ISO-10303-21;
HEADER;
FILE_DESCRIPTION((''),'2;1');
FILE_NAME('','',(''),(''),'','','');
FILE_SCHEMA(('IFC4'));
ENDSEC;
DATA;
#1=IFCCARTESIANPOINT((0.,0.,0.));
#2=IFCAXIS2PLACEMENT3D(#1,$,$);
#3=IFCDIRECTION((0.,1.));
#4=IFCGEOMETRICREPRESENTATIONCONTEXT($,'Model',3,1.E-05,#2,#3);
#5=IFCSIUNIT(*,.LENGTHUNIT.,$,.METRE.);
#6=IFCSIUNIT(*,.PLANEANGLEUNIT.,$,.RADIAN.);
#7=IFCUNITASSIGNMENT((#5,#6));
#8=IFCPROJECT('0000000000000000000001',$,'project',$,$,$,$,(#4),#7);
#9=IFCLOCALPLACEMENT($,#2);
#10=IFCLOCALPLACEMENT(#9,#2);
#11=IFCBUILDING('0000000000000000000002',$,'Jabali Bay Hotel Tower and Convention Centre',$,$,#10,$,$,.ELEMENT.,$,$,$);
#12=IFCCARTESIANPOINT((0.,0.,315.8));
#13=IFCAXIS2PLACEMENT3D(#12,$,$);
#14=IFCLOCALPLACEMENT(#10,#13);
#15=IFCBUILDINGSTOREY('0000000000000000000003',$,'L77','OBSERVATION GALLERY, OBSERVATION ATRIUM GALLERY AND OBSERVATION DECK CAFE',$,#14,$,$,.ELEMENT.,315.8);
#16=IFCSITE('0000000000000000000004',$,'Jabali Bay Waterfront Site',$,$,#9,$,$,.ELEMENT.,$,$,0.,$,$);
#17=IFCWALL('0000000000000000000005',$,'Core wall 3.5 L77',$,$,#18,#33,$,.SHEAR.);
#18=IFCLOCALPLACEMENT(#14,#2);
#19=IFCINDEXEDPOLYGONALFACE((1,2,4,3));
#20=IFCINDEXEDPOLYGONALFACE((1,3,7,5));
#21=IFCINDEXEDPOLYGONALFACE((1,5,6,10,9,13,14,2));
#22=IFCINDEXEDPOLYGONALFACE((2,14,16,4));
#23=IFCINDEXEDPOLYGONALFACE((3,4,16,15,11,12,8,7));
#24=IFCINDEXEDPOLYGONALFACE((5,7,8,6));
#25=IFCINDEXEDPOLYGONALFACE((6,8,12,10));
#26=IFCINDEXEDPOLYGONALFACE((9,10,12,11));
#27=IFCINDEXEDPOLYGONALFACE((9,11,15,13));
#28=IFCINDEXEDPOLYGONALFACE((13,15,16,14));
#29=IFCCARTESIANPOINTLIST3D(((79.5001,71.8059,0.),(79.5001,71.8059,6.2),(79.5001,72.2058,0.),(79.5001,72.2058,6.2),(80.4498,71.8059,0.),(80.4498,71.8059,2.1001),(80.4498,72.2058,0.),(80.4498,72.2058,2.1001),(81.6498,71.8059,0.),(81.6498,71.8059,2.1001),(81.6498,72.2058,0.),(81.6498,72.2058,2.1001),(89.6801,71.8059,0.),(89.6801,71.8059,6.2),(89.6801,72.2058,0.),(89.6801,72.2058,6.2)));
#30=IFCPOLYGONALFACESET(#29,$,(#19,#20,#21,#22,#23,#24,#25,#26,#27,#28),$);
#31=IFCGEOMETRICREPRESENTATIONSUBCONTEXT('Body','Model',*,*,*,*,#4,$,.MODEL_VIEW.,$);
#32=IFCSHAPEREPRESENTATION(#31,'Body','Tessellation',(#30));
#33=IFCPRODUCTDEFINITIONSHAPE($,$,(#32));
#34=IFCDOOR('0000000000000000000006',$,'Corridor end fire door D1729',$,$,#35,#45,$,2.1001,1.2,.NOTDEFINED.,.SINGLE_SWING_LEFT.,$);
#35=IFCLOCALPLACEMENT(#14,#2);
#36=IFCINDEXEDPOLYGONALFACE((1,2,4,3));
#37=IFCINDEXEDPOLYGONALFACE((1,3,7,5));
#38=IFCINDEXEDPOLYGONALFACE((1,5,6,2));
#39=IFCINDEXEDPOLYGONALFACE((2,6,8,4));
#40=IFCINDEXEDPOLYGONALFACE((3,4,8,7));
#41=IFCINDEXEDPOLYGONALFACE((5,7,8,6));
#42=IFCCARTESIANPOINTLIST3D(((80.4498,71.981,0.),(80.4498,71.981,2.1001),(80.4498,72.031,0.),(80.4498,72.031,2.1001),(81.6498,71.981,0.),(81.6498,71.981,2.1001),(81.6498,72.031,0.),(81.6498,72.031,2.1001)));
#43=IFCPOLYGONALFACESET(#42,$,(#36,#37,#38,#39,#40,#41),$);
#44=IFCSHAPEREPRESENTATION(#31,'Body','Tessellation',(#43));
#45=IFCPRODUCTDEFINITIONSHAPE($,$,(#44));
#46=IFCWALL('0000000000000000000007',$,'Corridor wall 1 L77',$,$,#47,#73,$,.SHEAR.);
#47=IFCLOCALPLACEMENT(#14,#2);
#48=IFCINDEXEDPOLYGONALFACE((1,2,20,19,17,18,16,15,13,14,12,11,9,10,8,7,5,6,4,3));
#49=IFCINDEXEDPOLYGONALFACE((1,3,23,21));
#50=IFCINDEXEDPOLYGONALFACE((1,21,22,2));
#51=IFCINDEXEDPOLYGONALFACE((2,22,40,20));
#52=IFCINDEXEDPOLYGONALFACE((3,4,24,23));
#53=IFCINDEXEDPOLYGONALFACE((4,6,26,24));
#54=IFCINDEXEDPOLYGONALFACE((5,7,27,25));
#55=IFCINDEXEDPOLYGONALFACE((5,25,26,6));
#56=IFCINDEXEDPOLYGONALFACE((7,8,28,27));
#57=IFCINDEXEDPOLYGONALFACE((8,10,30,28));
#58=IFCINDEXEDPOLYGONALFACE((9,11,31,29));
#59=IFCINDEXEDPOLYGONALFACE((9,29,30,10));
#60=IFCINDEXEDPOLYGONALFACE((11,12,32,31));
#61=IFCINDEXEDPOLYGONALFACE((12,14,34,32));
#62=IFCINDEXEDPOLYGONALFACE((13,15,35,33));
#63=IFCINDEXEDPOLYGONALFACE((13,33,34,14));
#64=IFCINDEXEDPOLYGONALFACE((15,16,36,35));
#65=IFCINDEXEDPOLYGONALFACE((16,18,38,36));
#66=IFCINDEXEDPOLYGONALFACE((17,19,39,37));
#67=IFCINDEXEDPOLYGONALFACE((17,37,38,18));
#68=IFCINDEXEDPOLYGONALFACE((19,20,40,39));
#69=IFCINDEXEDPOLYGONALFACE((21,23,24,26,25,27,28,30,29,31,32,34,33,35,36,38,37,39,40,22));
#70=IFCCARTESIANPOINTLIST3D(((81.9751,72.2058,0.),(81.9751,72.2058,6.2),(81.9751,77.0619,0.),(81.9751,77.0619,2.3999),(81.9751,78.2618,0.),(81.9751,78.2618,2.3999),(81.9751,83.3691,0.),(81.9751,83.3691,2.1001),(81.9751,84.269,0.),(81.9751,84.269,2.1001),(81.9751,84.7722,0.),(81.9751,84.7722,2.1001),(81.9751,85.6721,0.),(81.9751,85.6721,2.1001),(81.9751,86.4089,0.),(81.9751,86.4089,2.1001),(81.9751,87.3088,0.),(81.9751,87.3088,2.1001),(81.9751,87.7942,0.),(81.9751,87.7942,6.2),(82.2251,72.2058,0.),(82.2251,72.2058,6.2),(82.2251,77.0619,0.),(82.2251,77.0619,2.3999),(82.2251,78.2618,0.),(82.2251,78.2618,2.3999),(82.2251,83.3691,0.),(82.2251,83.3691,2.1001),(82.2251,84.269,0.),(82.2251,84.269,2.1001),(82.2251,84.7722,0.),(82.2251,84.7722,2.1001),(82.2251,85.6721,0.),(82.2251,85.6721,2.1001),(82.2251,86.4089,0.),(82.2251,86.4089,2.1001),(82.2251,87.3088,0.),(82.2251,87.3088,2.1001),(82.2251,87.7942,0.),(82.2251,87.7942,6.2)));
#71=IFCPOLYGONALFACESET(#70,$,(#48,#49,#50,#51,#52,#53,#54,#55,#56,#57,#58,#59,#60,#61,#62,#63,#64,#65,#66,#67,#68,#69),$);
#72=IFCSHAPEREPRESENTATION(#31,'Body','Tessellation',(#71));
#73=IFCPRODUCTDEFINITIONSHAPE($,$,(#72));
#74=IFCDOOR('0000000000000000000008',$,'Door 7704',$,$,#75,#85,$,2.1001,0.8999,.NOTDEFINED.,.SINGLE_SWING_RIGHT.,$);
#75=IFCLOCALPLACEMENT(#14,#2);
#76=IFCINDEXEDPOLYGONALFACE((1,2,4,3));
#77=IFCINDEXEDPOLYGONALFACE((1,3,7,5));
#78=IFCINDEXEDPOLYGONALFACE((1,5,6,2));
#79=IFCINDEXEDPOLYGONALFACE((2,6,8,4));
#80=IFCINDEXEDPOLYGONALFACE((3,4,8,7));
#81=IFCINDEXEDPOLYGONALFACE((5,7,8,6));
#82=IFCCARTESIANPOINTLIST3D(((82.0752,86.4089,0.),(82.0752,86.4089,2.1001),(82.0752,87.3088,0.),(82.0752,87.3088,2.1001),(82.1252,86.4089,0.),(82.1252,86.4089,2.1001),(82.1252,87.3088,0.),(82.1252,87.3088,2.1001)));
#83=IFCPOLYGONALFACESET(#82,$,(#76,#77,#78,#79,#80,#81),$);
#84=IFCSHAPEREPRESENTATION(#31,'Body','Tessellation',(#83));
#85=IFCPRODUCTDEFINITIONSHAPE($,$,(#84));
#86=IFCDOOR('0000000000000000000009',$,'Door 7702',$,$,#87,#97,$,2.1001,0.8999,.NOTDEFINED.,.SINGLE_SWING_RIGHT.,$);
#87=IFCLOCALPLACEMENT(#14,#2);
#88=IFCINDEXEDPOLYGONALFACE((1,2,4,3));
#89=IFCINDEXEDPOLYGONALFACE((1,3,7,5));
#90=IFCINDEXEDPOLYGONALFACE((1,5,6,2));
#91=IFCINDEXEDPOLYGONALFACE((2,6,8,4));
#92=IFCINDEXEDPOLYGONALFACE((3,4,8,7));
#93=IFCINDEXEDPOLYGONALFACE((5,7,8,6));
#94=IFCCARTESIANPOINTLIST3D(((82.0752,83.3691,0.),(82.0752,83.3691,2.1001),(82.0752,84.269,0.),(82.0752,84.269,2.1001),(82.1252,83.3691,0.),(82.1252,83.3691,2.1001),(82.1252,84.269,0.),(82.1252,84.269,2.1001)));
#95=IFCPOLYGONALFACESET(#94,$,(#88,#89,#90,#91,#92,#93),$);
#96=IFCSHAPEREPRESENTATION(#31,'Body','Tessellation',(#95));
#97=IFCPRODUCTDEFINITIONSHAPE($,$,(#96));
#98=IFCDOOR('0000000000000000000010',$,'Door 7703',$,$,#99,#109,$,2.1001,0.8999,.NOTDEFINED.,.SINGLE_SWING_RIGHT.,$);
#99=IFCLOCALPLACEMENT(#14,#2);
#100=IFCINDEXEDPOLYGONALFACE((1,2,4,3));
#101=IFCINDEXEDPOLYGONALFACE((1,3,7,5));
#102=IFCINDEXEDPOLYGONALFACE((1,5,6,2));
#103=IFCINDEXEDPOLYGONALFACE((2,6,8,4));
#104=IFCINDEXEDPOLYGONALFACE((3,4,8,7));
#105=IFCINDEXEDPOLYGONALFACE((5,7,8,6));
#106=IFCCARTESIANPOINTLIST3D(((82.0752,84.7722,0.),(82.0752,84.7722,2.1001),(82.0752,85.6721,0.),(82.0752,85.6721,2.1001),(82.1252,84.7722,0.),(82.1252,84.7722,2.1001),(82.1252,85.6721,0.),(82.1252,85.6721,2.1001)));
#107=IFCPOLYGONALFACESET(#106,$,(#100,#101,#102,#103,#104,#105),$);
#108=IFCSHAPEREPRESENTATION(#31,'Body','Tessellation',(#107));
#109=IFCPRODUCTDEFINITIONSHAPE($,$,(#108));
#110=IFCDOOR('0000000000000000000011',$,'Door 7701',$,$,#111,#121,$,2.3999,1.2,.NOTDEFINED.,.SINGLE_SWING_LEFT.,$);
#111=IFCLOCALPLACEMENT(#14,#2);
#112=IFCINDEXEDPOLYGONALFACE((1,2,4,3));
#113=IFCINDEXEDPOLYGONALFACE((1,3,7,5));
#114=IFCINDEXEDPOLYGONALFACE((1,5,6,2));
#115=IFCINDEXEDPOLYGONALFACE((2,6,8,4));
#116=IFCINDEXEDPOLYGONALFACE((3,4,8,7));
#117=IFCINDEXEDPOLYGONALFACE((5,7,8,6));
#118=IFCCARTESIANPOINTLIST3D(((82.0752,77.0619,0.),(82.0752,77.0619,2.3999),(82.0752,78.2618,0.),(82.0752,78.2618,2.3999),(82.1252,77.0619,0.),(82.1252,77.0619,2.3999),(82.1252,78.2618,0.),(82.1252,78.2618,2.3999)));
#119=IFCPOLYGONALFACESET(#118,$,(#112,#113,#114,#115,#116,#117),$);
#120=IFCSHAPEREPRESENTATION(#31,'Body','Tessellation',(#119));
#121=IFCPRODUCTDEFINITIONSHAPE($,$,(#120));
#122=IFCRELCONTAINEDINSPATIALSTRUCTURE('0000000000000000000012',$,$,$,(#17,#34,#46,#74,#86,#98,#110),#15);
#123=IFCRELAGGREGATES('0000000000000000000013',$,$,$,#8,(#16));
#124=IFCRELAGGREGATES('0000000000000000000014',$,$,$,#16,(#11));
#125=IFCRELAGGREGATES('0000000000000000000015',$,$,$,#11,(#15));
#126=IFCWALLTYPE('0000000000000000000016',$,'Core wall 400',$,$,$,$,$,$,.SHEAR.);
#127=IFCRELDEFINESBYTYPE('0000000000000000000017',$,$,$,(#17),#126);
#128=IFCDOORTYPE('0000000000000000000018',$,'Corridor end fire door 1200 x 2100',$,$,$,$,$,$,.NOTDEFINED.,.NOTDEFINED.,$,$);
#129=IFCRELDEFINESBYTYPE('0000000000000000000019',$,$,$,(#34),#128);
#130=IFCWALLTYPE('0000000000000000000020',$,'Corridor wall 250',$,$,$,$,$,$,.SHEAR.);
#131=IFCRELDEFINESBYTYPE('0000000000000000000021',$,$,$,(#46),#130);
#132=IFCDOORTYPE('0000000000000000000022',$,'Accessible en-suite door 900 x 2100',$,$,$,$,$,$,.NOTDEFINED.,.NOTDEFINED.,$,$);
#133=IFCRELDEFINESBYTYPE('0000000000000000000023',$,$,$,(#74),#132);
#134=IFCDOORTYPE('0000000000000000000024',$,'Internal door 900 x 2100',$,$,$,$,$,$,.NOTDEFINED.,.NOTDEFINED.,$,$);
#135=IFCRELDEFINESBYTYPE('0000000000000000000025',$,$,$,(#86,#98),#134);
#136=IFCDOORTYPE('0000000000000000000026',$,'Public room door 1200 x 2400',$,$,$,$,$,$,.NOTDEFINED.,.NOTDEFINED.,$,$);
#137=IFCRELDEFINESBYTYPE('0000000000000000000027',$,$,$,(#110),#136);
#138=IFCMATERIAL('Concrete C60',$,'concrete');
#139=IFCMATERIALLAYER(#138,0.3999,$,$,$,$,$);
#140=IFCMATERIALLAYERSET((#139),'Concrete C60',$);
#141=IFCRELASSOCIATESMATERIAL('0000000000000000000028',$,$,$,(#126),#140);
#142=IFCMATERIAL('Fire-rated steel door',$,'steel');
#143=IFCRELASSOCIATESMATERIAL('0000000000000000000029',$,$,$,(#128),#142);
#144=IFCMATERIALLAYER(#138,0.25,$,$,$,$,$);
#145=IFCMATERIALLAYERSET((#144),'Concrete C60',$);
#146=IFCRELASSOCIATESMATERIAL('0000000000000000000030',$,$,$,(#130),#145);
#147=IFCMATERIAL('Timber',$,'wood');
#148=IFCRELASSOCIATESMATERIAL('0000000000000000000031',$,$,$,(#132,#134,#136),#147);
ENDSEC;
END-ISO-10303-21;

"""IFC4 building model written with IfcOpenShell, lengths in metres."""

from ifc_helpers import new_model, si_unit, direction, frame, frame_2d, origin, place, context, subcontext, project, spatial, rectangle, extrude, material, layer, layer_set, type_object, element, fill, save


model = new_model("IFC4")

# Units and contexts
model_context = context("Model", 3, precision=1e-05, world=origin(), true_north=direction((0.0, 1.0)))
body_context = subcontext(model_context, "Body", "Model", "MODEL_VIEW")
ifc_project = project(units=[si_unit("LENGTHUNIT", "METRE"), si_unit("PLANEANGLEUNIT", "RADIAN")], contexts=[model_context])

# Site, building, storey
site_placement = place(None, origin())
site = spatial("IfcSite", under=ifc_project, at=site_placement, Name="Jabali Bay Waterfront Site", CompositionType="ELEMENT", RefElevation=0.0)
building_placement = place(site_placement, origin())
building = spatial("IfcBuilding", under=site, at=building_placement, Name="Jabali Bay Hotel Tower and Convention Centre", CompositionType="ELEMENT")
storey_placement = place(building_placement, frame((0.0, 0.0, 315.8)))
storey = spatial("IfcBuildingStorey", under=building, at=storey_placement, Name="L77", Description="OBSERVATION GALLERY, OBSERVATION ATRIUM GALLERY AND OBSERVATION DECK CAFE", CompositionType="ELEMENT", Elevation=315.8)

# Wall, opening, door
ifc_material_1 = material(Name="Concrete C60", Category="concrete")
ifc_layer_1 = layer(ifc_material_1, 0.3999)
ifc_layer_set_1 = layer_set([ifc_layer_1], Name="Concrete C60")
wall_type_1 = type_object("IfcWallType", Name="Core wall 400", PredefinedType="SHEAR", material=ifc_layer_set_1)
ifc_material_2 = material(Name="Fire-rated steel door", Category="steel")
door_type_1 = type_object("IfcDoorType", Name="Corridor end fire door 1200 x 2100", OperationType="NOTDEFINED", PredefinedType="NOTDEFINED", material=ifc_material_2)
wall_1_placement = place(storey_placement, frame((89.6799, 72.0059, 0.0), z_axis=(0.0, 0.0, 1.0), x_axis=(-1.0, 0.0, 0.0)))
wall_1 = element("IfcWall", 1, at=wall_1_placement, inside=storey, type_object=wall_type_1, Name="Core wall 3.5 L77", PredefinedType="SHEAR", context=body_context, shape_type="SweptSolid", body=[
    extrude(rectangle(XDim=10.1799, YDim=0.3999, at=frame_2d((5.0898, 0.0))), origin(), (0.0, 0.0, 1.0), 6.2),
])
opening_1_placement = place(wall_1_placement, frame((8.03, 0.0, 0.0)))
opening_1 = element("IfcOpeningElement", 2, at=opening_1_placement, cuts=wall_1, PredefinedType="OPENING", context=body_context, shape_type="SweptSolid", body=[
    extrude(rectangle(XDim=1.2, YDim=2.1001, at=frame_2d((0.6001, 1.05))), frame((0.0, 0.2104, 0.0), z_axis=(0.0, -1.0, 0.0), x_axis=(1.0, 0.0, 0.0)), (0.0, 0.0, 1.0), 0.4209),
])
door_1_placement = place(opening_1_placement, origin())
door_1 = element("IfcDoor", 3, at=door_1_placement, inside=storey, type_object=door_type_1, Name="Corridor end fire door D1729", OperationType="SINGLE_SWING_LEFT", OverallHeight=2.1001, OverallWidth=1.2, PredefinedType="NOTDEFINED", context=body_context, shape_type="SweptSolid", body=[
    extrude(rectangle(XDim=1.2, YDim=2.1001, at=frame_2d((0.6001, 1.05))), frame((0.0, 0.0249, 0.0), z_axis=(0.0, -1.0, 0.0), x_axis=(1.0, 0.0, 0.0)), (0.0, 0.0, 1.0), 0.05),
])
fill(opening_1, door_1)

# Wall, openings, doors
ifc_layer_2 = layer(ifc_material_1, 0.25)
ifc_layer_set_2 = layer_set([ifc_layer_2], Name="Concrete C60")
wall_type_2 = type_object("IfcWallType", Name="Corridor wall 250", PredefinedType="SHEAR", material=ifc_layer_set_2)
wall_2_placement = place(storey_placement, frame((82.1001, 72.2058, 0.0), z_axis=(0.0, 0.0, 1.0), x_axis=(0.0, 1.0, 0.0)))
wall_2 = element("IfcWall", 4, at=wall_2_placement, inside=storey, type_object=wall_type_2, Name="Corridor wall 1 L77", PredefinedType="SHEAR", context=body_context, shape_type="SweptSolid", body=[
    extrude(rectangle(XDim=15.5884, YDim=0.25, at=frame_2d((7.7942, 0.0))), origin(), (0.0, 0.0, 1.0), 6.2),
])
opening_2_placement = place(wall_2_placement, frame((4.856, 0.0, 0.0)))
opening_2 = element("IfcOpeningElement", 5, at=opening_2_placement, cuts=wall_2, PredefinedType="OPENING", context=body_context, shape_type="SweptSolid", body=[
    extrude(rectangle(XDim=1.2, YDim=2.3999, at=frame_2d((0.6001, 1.2))), frame((0.0, 0.1355, 0.0), z_axis=(0.0, -1.0, 0.0), x_axis=(1.0, 0.0, 0.0)), (0.0, 0.0, 1.0), 0.271),
])
opening_3_placement = place(wall_2_placement, frame((11.1633, 0.0, 0.0)))
opening_3 = element("IfcOpeningElement", 6, at=opening_3_placement, cuts=wall_2, PredefinedType="OPENING", context=body_context, shape_type="SweptSolid", body=[
    extrude(rectangle(XDim=0.8999, YDim=2.1001, at=frame_2d((0.45, 1.05))), frame((0.0, 0.1355, 0.0), z_axis=(0.0, -1.0, 0.0), x_axis=(1.0, 0.0, 0.0)), (0.0, 0.0, 1.0), 0.271),
])
opening_4_placement = place(wall_2_placement, frame((12.5664, 0.0, 0.0)))
opening_4 = element("IfcOpeningElement", 7, at=opening_4_placement, cuts=wall_2, PredefinedType="OPENING", context=body_context, shape_type="SweptSolid", body=[
    extrude(rectangle(XDim=0.8999, YDim=2.1001, at=frame_2d((0.45, 1.05))), frame((0.0, 0.1355, 0.0), z_axis=(0.0, -1.0, 0.0), x_axis=(1.0, 0.0, 0.0)), (0.0, 0.0, 1.0), 0.271),
])
opening_5_placement = place(wall_2_placement, frame((14.2031, 0.0, 0.0)))
opening_5 = element("IfcOpeningElement", 8, at=opening_5_placement, cuts=wall_2, PredefinedType="OPENING", context=body_context, shape_type="SweptSolid", body=[
    extrude(rectangle(XDim=0.8999, YDim=2.1001, at=frame_2d((0.45, 1.05))), frame((0.0, 0.1355, 0.0), z_axis=(0.0, -1.0, 0.0), x_axis=(1.0, 0.0, 0.0)), (0.0, 0.0, 1.0), 0.271),
])
ifc_material_3 = material(Name="Timber", Category="wood")
door_type_2 = type_object("IfcDoorType", Name="Accessible en-suite door 900 x 2100", OperationType="NOTDEFINED", PredefinedType="NOTDEFINED", material=ifc_material_3)
door_2_placement = place(opening_5_placement, origin())
door_2 = element("IfcDoor", 9, at=door_2_placement, inside=storey, type_object=door_type_2, Name="Door 7704", OperationType="SINGLE_SWING_RIGHT", OverallHeight=2.1001, OverallWidth=0.8999, PredefinedType="NOTDEFINED", context=body_context, shape_type="SweptSolid", body=[
    extrude(rectangle(XDim=0.8999, YDim=2.1001, at=frame_2d((0.45, 1.05))), frame((0.0, 0.0249, 0.0), z_axis=(0.0, -1.0, 0.0), x_axis=(1.0, 0.0, 0.0)), (0.0, 0.0, 1.0), 0.05),
])
fill(opening_5, door_2)
door_type_3 = type_object("IfcDoorType", Name="Internal door 900 x 2100", OperationType="NOTDEFINED", PredefinedType="NOTDEFINED", material=ifc_material_3)
door_3_placement = place(opening_3_placement, origin())
door_3 = element("IfcDoor", 10, at=door_3_placement, inside=storey, type_object=door_type_3, Name="Door 7702", OperationType="SINGLE_SWING_RIGHT", OverallHeight=2.1001, OverallWidth=0.8999, PredefinedType="NOTDEFINED", context=body_context, shape_type="SweptSolid", body=[
    extrude(rectangle(XDim=0.8999, YDim=2.1001, at=frame_2d((0.45, 1.05))), frame((0.0, 0.0249, 0.0), z_axis=(0.0, -1.0, 0.0), x_axis=(1.0, 0.0, 0.0)), (0.0, 0.0, 1.0), 0.05),
])
fill(opening_3, door_3)
door_4_placement = place(opening_4_placement, origin())
door_4 = element("IfcDoor", 11, at=door_4_placement, inside=storey, type_object=door_type_3, Name="Door 7703", OperationType="SINGLE_SWING_RIGHT", OverallHeight=2.1001, OverallWidth=0.8999, PredefinedType="NOTDEFINED", context=body_context, shape_type="SweptSolid", body=[
    extrude(rectangle(XDim=0.8999, YDim=2.1001, at=frame_2d((0.45, 1.05))), frame((0.0, 0.0249, 0.0), z_axis=(0.0, -1.0, 0.0), x_axis=(1.0, 0.0, 0.0)), (0.0, 0.0, 1.0), 0.05),
])
fill(opening_4, door_4)
door_type_4 = type_object("IfcDoorType", Name="Public room door 1200 x 2400", OperationType="NOTDEFINED", PredefinedType="NOTDEFINED", material=ifc_material_3)
door_5_placement = place(opening_2_placement, origin())
door_5 = element("IfcDoor", 12, at=door_5_placement, inside=storey, type_object=door_type_4, Name="Door 7701", OperationType="SINGLE_SWING_LEFT", OverallHeight=2.3999, OverallWidth=1.2, PredefinedType="NOTDEFINED", context=body_context, shape_type="SweptSolid", body=[
    extrude(rectangle(XDim=1.2, YDim=2.3999, at=frame_2d((0.6001, 1.2))), frame((0.0, 0.0249, 0.0), z_axis=(0.0, -1.0, 0.0), x_axis=(1.0, 0.0, 0.0)), (0.0, 0.0, 1.0), 0.05),
])
fill(opening_2, door_5)

save(model, "model.ifc")
